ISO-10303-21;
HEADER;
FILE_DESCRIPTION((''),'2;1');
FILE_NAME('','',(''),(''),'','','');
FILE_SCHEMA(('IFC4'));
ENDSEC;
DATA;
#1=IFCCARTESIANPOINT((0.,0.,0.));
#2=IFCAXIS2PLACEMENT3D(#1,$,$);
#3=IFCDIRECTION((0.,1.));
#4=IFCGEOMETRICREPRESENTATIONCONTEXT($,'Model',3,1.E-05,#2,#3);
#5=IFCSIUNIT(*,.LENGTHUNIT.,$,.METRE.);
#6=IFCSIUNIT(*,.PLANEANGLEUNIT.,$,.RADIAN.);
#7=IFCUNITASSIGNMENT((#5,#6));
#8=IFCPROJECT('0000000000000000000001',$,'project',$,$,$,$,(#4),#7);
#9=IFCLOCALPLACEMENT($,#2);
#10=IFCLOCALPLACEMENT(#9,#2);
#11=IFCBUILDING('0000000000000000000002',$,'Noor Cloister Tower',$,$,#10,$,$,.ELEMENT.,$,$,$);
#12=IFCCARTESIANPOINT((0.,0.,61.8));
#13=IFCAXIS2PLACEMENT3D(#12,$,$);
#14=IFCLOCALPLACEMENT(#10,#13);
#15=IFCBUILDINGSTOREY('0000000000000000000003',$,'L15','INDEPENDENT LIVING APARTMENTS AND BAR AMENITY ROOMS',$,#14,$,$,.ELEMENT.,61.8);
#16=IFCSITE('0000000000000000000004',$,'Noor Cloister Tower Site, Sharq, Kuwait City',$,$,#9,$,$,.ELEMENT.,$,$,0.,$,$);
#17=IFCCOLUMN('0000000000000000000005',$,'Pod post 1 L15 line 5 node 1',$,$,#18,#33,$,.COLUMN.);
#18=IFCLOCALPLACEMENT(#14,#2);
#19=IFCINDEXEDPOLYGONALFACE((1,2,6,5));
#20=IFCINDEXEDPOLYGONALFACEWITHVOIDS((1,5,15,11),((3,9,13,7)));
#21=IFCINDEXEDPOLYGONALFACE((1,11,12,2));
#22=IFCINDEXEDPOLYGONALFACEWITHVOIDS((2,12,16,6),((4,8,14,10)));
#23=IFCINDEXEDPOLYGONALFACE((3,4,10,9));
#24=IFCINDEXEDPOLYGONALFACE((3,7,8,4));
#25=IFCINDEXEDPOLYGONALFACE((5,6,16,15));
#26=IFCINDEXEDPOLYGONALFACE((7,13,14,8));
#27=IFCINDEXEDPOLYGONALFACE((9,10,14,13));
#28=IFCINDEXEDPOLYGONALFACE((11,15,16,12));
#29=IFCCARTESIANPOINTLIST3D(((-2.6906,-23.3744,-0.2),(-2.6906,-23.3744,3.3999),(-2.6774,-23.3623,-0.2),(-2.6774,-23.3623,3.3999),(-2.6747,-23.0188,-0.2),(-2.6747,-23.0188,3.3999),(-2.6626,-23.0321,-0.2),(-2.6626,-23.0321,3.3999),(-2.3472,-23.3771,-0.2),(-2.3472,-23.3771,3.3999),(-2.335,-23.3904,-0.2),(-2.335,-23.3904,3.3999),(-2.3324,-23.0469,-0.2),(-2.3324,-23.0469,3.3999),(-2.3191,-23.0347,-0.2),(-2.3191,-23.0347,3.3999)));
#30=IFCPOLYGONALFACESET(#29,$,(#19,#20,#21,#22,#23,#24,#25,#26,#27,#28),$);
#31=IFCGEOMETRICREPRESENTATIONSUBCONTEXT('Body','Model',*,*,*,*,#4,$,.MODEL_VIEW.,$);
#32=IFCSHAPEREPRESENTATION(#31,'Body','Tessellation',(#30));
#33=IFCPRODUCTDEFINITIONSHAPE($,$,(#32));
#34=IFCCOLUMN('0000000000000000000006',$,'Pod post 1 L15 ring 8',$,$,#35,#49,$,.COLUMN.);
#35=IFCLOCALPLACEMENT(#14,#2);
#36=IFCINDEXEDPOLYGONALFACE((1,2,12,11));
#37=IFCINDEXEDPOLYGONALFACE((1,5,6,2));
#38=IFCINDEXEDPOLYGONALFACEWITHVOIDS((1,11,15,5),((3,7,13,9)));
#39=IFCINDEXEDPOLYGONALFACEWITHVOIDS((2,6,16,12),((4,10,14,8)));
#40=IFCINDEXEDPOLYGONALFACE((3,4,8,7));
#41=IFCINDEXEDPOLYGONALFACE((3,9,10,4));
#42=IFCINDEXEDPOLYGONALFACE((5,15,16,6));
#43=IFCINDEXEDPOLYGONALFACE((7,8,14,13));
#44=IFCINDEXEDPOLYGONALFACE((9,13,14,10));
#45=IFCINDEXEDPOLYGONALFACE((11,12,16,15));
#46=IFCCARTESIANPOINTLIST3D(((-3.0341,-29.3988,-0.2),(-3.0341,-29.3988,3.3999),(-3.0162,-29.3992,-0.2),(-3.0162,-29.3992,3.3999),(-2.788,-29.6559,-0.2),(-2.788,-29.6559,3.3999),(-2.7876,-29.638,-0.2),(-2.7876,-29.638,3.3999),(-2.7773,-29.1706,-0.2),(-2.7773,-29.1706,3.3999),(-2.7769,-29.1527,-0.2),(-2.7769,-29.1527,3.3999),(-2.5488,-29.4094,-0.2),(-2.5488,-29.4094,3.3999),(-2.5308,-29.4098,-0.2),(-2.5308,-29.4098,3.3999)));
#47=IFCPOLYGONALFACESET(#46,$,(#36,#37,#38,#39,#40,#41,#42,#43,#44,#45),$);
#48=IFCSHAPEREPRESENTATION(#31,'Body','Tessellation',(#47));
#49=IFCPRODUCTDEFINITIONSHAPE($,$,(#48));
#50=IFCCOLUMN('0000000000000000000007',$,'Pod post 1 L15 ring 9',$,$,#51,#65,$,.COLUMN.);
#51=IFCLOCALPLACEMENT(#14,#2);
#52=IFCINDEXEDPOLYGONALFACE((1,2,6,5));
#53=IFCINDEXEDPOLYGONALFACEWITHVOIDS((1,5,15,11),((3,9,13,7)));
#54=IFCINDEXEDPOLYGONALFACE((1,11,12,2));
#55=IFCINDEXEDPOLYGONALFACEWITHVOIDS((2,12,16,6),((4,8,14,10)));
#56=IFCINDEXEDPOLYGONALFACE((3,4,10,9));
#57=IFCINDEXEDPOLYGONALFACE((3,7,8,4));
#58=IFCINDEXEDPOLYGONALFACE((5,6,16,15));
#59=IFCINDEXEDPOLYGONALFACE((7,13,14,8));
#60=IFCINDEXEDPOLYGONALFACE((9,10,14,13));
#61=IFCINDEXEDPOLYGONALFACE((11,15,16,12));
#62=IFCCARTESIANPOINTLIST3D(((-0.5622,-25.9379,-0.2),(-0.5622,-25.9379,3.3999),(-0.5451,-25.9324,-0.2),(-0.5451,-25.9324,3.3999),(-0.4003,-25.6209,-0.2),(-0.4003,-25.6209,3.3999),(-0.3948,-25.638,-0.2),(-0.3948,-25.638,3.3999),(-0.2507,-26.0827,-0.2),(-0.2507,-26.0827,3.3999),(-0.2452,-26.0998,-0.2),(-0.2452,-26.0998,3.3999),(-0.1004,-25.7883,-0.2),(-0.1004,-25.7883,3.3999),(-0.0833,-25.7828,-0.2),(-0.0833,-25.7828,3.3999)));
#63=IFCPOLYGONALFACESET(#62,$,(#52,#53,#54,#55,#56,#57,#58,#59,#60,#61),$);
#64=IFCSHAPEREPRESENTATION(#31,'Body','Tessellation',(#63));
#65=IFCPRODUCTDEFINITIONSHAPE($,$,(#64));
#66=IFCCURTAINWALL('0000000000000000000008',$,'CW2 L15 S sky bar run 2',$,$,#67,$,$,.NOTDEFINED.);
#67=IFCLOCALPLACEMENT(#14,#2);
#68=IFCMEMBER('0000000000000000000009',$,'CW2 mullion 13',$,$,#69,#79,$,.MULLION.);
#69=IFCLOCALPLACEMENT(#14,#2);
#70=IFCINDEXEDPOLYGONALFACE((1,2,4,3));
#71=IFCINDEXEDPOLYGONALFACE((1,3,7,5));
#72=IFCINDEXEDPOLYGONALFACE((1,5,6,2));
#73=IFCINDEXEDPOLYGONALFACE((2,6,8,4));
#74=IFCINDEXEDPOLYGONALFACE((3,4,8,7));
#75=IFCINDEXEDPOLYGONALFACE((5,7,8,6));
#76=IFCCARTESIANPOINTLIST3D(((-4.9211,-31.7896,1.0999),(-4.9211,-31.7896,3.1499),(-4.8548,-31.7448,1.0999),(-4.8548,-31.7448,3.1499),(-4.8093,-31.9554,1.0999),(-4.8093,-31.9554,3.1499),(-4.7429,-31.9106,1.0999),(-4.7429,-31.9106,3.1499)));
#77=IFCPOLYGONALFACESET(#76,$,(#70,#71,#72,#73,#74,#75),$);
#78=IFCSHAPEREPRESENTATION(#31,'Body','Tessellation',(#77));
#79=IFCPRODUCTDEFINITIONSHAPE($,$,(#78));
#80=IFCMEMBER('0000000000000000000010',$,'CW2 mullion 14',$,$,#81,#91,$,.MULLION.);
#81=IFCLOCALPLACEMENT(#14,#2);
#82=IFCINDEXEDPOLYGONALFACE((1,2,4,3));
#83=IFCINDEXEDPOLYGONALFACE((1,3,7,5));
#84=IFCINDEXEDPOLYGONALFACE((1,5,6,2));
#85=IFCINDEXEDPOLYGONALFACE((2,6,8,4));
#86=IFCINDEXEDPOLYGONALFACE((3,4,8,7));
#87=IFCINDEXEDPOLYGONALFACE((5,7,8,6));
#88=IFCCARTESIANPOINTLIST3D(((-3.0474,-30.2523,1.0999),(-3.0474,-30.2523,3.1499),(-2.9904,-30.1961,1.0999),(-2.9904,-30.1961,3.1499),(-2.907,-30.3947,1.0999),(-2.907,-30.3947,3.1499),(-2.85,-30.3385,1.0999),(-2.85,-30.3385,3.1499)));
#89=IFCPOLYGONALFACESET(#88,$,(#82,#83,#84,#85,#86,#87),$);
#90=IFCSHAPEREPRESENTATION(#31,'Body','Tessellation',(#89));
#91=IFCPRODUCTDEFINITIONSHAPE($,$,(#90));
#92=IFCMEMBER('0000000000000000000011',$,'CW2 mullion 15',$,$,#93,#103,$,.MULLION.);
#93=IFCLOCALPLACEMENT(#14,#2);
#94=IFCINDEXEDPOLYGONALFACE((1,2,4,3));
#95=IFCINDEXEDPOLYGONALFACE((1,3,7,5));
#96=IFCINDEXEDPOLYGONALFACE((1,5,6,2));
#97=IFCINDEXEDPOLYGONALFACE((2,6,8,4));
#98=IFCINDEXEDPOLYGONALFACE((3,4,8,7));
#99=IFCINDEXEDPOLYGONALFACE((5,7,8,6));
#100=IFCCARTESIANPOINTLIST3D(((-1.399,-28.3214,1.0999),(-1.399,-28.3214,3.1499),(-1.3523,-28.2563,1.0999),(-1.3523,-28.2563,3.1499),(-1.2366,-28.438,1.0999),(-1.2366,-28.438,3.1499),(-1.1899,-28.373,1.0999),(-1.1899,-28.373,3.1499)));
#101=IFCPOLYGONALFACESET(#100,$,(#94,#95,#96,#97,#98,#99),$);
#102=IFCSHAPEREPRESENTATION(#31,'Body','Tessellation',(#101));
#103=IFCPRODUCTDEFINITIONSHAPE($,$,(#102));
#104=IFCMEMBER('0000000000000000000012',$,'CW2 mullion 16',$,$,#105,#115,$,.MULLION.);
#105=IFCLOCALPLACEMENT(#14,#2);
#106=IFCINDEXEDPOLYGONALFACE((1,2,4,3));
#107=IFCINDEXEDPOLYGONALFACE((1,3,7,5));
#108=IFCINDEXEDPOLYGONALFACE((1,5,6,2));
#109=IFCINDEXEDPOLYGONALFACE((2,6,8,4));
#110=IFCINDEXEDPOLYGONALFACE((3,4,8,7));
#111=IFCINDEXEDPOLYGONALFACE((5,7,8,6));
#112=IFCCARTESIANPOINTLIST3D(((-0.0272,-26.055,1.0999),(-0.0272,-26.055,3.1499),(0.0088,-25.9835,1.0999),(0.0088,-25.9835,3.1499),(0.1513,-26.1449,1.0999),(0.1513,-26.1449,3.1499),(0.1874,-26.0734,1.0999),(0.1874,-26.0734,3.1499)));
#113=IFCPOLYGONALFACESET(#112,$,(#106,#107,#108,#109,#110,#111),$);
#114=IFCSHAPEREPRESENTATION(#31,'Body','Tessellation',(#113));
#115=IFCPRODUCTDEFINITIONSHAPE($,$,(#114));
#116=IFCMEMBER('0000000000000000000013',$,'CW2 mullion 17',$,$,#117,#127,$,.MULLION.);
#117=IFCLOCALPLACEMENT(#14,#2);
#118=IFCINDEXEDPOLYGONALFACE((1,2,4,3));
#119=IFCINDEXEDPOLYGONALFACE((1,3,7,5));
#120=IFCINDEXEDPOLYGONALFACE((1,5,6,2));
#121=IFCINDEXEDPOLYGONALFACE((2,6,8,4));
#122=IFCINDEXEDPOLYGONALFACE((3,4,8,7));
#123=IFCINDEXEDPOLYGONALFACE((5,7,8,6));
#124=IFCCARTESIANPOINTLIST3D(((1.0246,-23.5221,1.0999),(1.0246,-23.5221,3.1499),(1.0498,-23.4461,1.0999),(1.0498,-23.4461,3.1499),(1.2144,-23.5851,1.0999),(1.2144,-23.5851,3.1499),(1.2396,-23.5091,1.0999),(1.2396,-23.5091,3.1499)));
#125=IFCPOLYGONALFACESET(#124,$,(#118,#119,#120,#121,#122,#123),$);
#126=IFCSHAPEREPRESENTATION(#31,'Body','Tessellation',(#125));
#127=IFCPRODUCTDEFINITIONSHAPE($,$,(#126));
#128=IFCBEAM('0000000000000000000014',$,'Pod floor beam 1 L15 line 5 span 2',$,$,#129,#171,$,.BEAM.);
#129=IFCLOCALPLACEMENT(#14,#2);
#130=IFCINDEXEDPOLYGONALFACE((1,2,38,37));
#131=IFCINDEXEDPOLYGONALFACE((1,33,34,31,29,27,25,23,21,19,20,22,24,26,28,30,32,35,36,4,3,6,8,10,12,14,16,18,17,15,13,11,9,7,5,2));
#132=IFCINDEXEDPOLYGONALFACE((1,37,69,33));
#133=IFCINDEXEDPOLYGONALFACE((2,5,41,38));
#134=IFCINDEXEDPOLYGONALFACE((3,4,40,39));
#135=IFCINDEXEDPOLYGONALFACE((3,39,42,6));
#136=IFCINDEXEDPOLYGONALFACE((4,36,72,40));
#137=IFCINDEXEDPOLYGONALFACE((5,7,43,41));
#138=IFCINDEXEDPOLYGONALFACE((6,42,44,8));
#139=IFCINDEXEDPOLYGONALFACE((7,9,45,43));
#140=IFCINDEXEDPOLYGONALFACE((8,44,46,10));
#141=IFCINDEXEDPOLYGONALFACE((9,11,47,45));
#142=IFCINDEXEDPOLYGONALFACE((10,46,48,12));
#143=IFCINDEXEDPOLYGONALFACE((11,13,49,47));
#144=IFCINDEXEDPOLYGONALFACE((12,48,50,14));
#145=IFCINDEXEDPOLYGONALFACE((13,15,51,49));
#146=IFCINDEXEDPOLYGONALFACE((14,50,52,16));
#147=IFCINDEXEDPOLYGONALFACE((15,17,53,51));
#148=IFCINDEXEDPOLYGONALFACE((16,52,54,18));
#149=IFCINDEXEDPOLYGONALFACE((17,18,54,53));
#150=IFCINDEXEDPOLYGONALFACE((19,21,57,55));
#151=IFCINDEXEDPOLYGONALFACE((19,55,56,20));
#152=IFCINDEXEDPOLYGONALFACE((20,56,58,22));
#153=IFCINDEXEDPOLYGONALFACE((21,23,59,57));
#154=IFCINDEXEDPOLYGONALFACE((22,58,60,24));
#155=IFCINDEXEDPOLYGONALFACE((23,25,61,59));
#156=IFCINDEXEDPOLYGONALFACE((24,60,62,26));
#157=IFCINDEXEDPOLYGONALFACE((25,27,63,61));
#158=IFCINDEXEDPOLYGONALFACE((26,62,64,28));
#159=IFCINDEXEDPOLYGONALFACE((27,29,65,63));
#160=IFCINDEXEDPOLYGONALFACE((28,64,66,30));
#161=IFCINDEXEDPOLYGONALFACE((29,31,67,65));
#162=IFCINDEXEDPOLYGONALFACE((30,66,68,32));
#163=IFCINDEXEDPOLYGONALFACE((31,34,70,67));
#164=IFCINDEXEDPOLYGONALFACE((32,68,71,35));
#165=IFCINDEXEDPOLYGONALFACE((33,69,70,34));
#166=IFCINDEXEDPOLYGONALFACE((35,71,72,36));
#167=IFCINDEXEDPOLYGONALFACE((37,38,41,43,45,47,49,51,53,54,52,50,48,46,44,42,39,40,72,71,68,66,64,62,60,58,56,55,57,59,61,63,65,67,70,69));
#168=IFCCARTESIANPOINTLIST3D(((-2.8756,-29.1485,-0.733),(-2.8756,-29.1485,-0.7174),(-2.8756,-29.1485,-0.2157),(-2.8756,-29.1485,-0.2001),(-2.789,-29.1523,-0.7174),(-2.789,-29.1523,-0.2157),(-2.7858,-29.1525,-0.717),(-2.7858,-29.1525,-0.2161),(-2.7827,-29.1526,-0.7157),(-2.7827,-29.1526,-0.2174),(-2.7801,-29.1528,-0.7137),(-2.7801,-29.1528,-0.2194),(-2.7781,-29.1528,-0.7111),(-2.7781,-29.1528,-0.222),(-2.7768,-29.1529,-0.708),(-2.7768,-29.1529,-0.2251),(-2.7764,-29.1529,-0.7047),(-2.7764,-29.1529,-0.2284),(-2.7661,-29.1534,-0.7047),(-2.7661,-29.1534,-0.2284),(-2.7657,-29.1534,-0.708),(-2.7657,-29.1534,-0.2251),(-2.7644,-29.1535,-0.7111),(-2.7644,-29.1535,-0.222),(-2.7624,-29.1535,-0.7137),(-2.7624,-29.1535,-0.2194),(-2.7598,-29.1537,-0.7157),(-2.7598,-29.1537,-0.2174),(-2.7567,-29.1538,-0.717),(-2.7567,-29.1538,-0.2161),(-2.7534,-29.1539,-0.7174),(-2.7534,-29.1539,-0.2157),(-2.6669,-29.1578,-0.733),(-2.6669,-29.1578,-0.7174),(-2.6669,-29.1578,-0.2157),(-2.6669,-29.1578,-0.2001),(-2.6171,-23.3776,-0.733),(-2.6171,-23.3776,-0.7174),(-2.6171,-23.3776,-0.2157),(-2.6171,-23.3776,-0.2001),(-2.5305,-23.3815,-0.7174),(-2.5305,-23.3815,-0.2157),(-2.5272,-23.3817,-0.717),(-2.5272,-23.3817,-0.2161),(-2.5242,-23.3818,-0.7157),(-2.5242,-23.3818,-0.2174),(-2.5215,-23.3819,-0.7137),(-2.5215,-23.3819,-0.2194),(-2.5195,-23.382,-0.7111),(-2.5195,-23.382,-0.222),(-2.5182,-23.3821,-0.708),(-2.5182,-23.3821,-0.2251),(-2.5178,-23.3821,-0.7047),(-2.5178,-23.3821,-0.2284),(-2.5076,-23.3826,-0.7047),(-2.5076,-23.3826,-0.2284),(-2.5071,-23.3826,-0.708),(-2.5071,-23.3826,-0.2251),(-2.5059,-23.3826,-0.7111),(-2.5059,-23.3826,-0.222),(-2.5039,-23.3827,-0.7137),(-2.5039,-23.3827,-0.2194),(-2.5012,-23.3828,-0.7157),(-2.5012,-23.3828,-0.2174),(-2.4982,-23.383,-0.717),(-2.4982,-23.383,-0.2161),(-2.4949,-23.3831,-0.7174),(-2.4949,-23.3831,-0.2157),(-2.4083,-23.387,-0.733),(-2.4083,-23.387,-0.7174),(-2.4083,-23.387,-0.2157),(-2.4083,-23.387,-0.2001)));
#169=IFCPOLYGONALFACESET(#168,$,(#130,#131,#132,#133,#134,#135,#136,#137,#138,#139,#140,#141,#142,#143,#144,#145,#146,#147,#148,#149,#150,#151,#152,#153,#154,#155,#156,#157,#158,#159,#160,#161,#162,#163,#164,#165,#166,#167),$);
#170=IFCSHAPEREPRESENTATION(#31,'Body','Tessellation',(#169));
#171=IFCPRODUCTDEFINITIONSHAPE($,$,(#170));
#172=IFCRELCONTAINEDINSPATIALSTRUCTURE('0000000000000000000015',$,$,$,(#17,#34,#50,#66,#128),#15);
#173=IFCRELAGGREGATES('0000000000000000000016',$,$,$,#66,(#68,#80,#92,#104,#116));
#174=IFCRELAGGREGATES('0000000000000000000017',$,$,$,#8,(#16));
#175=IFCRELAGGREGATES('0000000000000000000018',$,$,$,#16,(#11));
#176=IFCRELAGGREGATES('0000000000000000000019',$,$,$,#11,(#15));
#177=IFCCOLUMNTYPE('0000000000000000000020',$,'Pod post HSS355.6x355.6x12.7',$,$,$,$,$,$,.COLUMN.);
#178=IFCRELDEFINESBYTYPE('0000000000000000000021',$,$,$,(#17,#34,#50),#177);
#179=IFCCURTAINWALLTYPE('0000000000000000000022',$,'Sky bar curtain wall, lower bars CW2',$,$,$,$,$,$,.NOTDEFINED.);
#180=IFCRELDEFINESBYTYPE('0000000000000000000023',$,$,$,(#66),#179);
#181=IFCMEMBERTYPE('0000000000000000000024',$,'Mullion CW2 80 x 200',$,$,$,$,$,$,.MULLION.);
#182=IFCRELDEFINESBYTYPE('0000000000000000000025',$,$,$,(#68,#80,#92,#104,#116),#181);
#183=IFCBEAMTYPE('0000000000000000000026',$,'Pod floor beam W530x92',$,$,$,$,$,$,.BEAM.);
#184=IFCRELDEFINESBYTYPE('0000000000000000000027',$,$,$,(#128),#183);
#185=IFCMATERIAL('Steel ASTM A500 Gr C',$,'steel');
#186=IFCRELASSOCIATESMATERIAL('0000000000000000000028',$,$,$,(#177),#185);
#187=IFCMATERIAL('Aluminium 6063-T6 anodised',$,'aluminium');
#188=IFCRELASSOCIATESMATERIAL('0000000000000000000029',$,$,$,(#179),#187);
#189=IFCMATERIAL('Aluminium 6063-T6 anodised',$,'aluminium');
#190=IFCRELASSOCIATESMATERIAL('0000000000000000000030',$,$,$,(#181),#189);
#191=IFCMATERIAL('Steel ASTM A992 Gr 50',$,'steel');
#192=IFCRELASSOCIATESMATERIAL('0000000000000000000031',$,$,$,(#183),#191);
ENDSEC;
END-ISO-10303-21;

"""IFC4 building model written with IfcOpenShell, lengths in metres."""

from ifc_helpers import new_model, si_unit, direction, frame, origin, origin_2d, place, context, subcontext, project, spatial, rectangle, hollow_rectangle, i_section, extrude, material, material_profile, profile_set, type_object, element, aggregate, save


model = new_model("IFC4")

# Units and contexts
model_context = context("Model", 3, precision=1e-05, world=origin(), true_north=direction((0.0, 1.0)))
body_context = subcontext(model_context, "Body", "Model", "MODEL_VIEW")
ifc_project = project(units=[si_unit("LENGTHUNIT", "METRE"), si_unit("PLANEANGLEUNIT", "RADIAN")], contexts=[model_context])

# Site, building, storey
site_placement = place(None, origin())
site = spatial("IfcSite", under=ifc_project, at=site_placement, Name="Noor Cloister Tower Site, Sharq, Kuwait City", CompositionType="ELEMENT", RefElevation=0.0)
building_placement = place(site_placement, origin())
building = spatial("IfcBuilding", under=site, at=building_placement, Name="Noor Cloister Tower", CompositionType="ELEMENT")
storey_placement = place(building_placement, frame((0.0, 0.0, 61.8)))
storey = spatial("IfcBuildingStorey", under=building, at=storey_placement, Name="L15", Description="INDEPENDENT LIVING APARTMENTS AND BAR AMENITY ROOMS", CompositionType="ELEMENT", Elevation=61.8)

# Columns
ifc_material_1 = material(Name="Steel ASTM A500 Gr C", Category="steel")
ifc_material_profile_1 = material_profile(ifc_material_1, hollow_rectangle(XDim=0.356, YDim=0.356, WallThickness=0.0127, at=origin_2d()), Name="HSS355.6x355.6x12.7")
ifc_profile_set_1 = profile_set([ifc_material_profile_1], Name="Steel ASTM A500 Gr C")
column_type = type_object("IfcColumnType", Name="Pod post HSS355.6x355.6x12.7", PredefinedType="COLUMN", material=ifc_profile_set_1)
for number, where, z_axis, x_axis, name in (
    (1, (-2.5049, -23.2046, -0.2), (0.0, 0.0, 1.0), (-0.044724, -0.998999, 0.0), "Pod post 1 L15 line 5 node 1"),
    (2, (-2.7825, -29.4043, -0.2), (0.0, 0.0, 1.0), (0.722457, 0.691416, 0.0), "Pod post 1 L15 ring 8"),
    (3, (-0.3228, -25.8604, -0.2), (0.0, 0.0, 1.0), (0.454861, 0.890563, 0.0), "Pod post 1 L15 ring 9"),
):
    element("IfcColumn", number, at=place(storey_placement, frame(where, z_axis=z_axis, x_axis=x_axis)), inside=storey, type_object=column_type, Name=name, PredefinedType="COLUMN", context=body_context, shape_type="SweptSolid", body=[
        extrude(hollow_rectangle(XDim=0.356, YDim=0.356, WallThickness=0.0127, at=origin_2d()), origin(), (0.0, 0.0, 1.0), 3.5999),
    ])

# Curtain wall, members
ifc_material_2 = material(Name="Aluminium 6063-T6 anodised", Category="aluminium")
curtain_wall_type = type_object("IfcCurtainWallType", Name="Sky bar curtain wall, lower bars CW2", PredefinedType="NOTDEFINED", material=ifc_material_2)
curtain_wall_placement = place(storey_placement, origin())
curtain_wall = element("IfcCurtainWall", 4, at=curtain_wall_placement, inside=storey, type_object=curtain_wall_type, Name="CW2 L15 S sky bar run 2", PredefinedType="NOTDEFINED")
ifc_material_3 = material(Name="Aluminium 6063-T6 anodised", Category="aluminium")
ifc_material_profile_2 = material_profile(ifc_material_3, rectangle(XDim=0.2, YDim=0.0801, at=origin_2d()), Name="200 x 80 mullion")
ifc_profile_set_2 = profile_set([ifc_material_profile_2], Name="Aluminium 6063-T6 anodised")
member_type = type_object("IfcMemberType", Name="Mullion CW2 80 x 200", PredefinedType="MULLION", material=ifc_profile_set_2)
member_1_placement = place(storey_placement, frame((-4.832, -31.8501, 1.0999), z_axis=(0.0, 0.0, 1.0), x_axis=(-0.559267, 0.828988, 0.0)))
member_1 = element("IfcMember", 5, at=member_1_placement, type_object=member_type, Name="CW2 mullion 13", PredefinedType="MULLION", context=body_context, shape_type="SweptSolid", body=[
    extrude(rectangle(XDim=0.2, YDim=0.0801, at=origin_2d()), origin(), (0.0, 0.0, 1.0), 2.05),
])
member_2_placement = place(storey_placement, frame((-2.9487, -30.2954, 1.0999), z_axis=(0.0, 0.0, 1.0), x_axis=(-0.702153, 0.712026, 0.0)))
member_2 = element("IfcMember", 6, at=member_2_placement, type_object=member_type, Name="CW2 mullion 14", PredefinedType="MULLION", context=body_context, shape_type="SweptSolid", body=[
    extrude(rectangle(XDim=0.2, YDim=0.0801, at=origin_2d()), origin(), (0.0, 0.0, 1.0), 2.05),
])
member_3_placement = place(storey_placement, frame((-1.2944, -28.3472, 1.0999), z_axis=(0.0, 0.0, 1.0), x_axis=(-0.81216, 0.583435, 0.0)))
member_3 = element("IfcMember", 7, at=member_3_placement, type_object=member_type, Name="CW2 mullion 15", PredefinedType="MULLION", context=body_context, shape_type="SweptSolid", body=[
    extrude(rectangle(XDim=0.2, YDim=0.0801, at=origin_2d()), origin(), (0.0, 0.0, 1.0), 2.05),
])
member_4_placement = place(storey_placement, frame((0.0801, -26.0642, 1.0999), z_axis=(0.0, 0.0, 1.0), x_axis=(-0.89306, 0.449937, 0.0)))
member_4 = element("IfcMember", 8, at=member_4_placement, type_object=member_type, Name="CW2 mullion 16", PredefinedType="MULLION", context=body_context, shape_type="SweptSolid", body=[
    extrude(rectangle(XDim=0.2, YDim=0.0801, at=origin_2d()), origin(), (0.0, 0.0, 1.0), 2.05),
])
member_5_placement = place(storey_placement, frame((1.1321, -23.5156, 1.0999), z_axis=(0.0, 0.0, 1.0), x_axis=(-0.949083, 0.315026, 0.0)))
member_5 = element("IfcMember", 9, at=member_5_placement, type_object=member_type, Name="CW2 mullion 17", PredefinedType="MULLION", context=body_context, shape_type="SweptSolid", body=[
    extrude(rectangle(XDim=0.2, YDim=0.0801, at=origin_2d()), origin(), (0.0, 0.0, 1.0), 2.05),
])

# Beam
ifc_material_4 = material(Name="Steel ASTM A992 Gr 50", Category="steel")
ifc_material_profile_3 = material_profile(ifc_material_4, i_section(OverallWidth=0.209, OverallDepth=0.533, WebThickness=0.0103, FlangeThickness=0.0156, FilletRadius=0.0127, at=origin_2d()), Name="W530x92")
ifc_profile_set_3 = profile_set([ifc_material_profile_3], Name="Steel ASTM A992 Gr 50")
beam_type = type_object("IfcBeamType", Name="Pod floor beam W530x92", PredefinedType="BEAM", material=ifc_profile_set_3)
beam_1_placement = place(storey_placement, frame((-2.5127, -23.3823, -0.4666), z_axis=(-0.044758, -0.998998, 0.0), x_axis=(0.998998, -0.044758, 0.0)))
element("IfcBeam", 10, at=beam_1_placement, inside=storey, type_object=beam_type, Name="Pod floor beam 1 L15 line 5 span 2", PredefinedType="BEAM", context=body_context, shape_type="SweptSolid", body=[
    extrude(i_section(OverallWidth=0.209, OverallDepth=0.533, WebThickness=0.0103, FlangeThickness=0.0156, FilletRadius=0.0127, at=origin_2d()), origin(), (0.0, 0.0, 1.0), 5.7766),
])

aggregate(curtain_wall, [member_1, member_2, member_3, member_4, member_5])

save(model, "model.ifc")
